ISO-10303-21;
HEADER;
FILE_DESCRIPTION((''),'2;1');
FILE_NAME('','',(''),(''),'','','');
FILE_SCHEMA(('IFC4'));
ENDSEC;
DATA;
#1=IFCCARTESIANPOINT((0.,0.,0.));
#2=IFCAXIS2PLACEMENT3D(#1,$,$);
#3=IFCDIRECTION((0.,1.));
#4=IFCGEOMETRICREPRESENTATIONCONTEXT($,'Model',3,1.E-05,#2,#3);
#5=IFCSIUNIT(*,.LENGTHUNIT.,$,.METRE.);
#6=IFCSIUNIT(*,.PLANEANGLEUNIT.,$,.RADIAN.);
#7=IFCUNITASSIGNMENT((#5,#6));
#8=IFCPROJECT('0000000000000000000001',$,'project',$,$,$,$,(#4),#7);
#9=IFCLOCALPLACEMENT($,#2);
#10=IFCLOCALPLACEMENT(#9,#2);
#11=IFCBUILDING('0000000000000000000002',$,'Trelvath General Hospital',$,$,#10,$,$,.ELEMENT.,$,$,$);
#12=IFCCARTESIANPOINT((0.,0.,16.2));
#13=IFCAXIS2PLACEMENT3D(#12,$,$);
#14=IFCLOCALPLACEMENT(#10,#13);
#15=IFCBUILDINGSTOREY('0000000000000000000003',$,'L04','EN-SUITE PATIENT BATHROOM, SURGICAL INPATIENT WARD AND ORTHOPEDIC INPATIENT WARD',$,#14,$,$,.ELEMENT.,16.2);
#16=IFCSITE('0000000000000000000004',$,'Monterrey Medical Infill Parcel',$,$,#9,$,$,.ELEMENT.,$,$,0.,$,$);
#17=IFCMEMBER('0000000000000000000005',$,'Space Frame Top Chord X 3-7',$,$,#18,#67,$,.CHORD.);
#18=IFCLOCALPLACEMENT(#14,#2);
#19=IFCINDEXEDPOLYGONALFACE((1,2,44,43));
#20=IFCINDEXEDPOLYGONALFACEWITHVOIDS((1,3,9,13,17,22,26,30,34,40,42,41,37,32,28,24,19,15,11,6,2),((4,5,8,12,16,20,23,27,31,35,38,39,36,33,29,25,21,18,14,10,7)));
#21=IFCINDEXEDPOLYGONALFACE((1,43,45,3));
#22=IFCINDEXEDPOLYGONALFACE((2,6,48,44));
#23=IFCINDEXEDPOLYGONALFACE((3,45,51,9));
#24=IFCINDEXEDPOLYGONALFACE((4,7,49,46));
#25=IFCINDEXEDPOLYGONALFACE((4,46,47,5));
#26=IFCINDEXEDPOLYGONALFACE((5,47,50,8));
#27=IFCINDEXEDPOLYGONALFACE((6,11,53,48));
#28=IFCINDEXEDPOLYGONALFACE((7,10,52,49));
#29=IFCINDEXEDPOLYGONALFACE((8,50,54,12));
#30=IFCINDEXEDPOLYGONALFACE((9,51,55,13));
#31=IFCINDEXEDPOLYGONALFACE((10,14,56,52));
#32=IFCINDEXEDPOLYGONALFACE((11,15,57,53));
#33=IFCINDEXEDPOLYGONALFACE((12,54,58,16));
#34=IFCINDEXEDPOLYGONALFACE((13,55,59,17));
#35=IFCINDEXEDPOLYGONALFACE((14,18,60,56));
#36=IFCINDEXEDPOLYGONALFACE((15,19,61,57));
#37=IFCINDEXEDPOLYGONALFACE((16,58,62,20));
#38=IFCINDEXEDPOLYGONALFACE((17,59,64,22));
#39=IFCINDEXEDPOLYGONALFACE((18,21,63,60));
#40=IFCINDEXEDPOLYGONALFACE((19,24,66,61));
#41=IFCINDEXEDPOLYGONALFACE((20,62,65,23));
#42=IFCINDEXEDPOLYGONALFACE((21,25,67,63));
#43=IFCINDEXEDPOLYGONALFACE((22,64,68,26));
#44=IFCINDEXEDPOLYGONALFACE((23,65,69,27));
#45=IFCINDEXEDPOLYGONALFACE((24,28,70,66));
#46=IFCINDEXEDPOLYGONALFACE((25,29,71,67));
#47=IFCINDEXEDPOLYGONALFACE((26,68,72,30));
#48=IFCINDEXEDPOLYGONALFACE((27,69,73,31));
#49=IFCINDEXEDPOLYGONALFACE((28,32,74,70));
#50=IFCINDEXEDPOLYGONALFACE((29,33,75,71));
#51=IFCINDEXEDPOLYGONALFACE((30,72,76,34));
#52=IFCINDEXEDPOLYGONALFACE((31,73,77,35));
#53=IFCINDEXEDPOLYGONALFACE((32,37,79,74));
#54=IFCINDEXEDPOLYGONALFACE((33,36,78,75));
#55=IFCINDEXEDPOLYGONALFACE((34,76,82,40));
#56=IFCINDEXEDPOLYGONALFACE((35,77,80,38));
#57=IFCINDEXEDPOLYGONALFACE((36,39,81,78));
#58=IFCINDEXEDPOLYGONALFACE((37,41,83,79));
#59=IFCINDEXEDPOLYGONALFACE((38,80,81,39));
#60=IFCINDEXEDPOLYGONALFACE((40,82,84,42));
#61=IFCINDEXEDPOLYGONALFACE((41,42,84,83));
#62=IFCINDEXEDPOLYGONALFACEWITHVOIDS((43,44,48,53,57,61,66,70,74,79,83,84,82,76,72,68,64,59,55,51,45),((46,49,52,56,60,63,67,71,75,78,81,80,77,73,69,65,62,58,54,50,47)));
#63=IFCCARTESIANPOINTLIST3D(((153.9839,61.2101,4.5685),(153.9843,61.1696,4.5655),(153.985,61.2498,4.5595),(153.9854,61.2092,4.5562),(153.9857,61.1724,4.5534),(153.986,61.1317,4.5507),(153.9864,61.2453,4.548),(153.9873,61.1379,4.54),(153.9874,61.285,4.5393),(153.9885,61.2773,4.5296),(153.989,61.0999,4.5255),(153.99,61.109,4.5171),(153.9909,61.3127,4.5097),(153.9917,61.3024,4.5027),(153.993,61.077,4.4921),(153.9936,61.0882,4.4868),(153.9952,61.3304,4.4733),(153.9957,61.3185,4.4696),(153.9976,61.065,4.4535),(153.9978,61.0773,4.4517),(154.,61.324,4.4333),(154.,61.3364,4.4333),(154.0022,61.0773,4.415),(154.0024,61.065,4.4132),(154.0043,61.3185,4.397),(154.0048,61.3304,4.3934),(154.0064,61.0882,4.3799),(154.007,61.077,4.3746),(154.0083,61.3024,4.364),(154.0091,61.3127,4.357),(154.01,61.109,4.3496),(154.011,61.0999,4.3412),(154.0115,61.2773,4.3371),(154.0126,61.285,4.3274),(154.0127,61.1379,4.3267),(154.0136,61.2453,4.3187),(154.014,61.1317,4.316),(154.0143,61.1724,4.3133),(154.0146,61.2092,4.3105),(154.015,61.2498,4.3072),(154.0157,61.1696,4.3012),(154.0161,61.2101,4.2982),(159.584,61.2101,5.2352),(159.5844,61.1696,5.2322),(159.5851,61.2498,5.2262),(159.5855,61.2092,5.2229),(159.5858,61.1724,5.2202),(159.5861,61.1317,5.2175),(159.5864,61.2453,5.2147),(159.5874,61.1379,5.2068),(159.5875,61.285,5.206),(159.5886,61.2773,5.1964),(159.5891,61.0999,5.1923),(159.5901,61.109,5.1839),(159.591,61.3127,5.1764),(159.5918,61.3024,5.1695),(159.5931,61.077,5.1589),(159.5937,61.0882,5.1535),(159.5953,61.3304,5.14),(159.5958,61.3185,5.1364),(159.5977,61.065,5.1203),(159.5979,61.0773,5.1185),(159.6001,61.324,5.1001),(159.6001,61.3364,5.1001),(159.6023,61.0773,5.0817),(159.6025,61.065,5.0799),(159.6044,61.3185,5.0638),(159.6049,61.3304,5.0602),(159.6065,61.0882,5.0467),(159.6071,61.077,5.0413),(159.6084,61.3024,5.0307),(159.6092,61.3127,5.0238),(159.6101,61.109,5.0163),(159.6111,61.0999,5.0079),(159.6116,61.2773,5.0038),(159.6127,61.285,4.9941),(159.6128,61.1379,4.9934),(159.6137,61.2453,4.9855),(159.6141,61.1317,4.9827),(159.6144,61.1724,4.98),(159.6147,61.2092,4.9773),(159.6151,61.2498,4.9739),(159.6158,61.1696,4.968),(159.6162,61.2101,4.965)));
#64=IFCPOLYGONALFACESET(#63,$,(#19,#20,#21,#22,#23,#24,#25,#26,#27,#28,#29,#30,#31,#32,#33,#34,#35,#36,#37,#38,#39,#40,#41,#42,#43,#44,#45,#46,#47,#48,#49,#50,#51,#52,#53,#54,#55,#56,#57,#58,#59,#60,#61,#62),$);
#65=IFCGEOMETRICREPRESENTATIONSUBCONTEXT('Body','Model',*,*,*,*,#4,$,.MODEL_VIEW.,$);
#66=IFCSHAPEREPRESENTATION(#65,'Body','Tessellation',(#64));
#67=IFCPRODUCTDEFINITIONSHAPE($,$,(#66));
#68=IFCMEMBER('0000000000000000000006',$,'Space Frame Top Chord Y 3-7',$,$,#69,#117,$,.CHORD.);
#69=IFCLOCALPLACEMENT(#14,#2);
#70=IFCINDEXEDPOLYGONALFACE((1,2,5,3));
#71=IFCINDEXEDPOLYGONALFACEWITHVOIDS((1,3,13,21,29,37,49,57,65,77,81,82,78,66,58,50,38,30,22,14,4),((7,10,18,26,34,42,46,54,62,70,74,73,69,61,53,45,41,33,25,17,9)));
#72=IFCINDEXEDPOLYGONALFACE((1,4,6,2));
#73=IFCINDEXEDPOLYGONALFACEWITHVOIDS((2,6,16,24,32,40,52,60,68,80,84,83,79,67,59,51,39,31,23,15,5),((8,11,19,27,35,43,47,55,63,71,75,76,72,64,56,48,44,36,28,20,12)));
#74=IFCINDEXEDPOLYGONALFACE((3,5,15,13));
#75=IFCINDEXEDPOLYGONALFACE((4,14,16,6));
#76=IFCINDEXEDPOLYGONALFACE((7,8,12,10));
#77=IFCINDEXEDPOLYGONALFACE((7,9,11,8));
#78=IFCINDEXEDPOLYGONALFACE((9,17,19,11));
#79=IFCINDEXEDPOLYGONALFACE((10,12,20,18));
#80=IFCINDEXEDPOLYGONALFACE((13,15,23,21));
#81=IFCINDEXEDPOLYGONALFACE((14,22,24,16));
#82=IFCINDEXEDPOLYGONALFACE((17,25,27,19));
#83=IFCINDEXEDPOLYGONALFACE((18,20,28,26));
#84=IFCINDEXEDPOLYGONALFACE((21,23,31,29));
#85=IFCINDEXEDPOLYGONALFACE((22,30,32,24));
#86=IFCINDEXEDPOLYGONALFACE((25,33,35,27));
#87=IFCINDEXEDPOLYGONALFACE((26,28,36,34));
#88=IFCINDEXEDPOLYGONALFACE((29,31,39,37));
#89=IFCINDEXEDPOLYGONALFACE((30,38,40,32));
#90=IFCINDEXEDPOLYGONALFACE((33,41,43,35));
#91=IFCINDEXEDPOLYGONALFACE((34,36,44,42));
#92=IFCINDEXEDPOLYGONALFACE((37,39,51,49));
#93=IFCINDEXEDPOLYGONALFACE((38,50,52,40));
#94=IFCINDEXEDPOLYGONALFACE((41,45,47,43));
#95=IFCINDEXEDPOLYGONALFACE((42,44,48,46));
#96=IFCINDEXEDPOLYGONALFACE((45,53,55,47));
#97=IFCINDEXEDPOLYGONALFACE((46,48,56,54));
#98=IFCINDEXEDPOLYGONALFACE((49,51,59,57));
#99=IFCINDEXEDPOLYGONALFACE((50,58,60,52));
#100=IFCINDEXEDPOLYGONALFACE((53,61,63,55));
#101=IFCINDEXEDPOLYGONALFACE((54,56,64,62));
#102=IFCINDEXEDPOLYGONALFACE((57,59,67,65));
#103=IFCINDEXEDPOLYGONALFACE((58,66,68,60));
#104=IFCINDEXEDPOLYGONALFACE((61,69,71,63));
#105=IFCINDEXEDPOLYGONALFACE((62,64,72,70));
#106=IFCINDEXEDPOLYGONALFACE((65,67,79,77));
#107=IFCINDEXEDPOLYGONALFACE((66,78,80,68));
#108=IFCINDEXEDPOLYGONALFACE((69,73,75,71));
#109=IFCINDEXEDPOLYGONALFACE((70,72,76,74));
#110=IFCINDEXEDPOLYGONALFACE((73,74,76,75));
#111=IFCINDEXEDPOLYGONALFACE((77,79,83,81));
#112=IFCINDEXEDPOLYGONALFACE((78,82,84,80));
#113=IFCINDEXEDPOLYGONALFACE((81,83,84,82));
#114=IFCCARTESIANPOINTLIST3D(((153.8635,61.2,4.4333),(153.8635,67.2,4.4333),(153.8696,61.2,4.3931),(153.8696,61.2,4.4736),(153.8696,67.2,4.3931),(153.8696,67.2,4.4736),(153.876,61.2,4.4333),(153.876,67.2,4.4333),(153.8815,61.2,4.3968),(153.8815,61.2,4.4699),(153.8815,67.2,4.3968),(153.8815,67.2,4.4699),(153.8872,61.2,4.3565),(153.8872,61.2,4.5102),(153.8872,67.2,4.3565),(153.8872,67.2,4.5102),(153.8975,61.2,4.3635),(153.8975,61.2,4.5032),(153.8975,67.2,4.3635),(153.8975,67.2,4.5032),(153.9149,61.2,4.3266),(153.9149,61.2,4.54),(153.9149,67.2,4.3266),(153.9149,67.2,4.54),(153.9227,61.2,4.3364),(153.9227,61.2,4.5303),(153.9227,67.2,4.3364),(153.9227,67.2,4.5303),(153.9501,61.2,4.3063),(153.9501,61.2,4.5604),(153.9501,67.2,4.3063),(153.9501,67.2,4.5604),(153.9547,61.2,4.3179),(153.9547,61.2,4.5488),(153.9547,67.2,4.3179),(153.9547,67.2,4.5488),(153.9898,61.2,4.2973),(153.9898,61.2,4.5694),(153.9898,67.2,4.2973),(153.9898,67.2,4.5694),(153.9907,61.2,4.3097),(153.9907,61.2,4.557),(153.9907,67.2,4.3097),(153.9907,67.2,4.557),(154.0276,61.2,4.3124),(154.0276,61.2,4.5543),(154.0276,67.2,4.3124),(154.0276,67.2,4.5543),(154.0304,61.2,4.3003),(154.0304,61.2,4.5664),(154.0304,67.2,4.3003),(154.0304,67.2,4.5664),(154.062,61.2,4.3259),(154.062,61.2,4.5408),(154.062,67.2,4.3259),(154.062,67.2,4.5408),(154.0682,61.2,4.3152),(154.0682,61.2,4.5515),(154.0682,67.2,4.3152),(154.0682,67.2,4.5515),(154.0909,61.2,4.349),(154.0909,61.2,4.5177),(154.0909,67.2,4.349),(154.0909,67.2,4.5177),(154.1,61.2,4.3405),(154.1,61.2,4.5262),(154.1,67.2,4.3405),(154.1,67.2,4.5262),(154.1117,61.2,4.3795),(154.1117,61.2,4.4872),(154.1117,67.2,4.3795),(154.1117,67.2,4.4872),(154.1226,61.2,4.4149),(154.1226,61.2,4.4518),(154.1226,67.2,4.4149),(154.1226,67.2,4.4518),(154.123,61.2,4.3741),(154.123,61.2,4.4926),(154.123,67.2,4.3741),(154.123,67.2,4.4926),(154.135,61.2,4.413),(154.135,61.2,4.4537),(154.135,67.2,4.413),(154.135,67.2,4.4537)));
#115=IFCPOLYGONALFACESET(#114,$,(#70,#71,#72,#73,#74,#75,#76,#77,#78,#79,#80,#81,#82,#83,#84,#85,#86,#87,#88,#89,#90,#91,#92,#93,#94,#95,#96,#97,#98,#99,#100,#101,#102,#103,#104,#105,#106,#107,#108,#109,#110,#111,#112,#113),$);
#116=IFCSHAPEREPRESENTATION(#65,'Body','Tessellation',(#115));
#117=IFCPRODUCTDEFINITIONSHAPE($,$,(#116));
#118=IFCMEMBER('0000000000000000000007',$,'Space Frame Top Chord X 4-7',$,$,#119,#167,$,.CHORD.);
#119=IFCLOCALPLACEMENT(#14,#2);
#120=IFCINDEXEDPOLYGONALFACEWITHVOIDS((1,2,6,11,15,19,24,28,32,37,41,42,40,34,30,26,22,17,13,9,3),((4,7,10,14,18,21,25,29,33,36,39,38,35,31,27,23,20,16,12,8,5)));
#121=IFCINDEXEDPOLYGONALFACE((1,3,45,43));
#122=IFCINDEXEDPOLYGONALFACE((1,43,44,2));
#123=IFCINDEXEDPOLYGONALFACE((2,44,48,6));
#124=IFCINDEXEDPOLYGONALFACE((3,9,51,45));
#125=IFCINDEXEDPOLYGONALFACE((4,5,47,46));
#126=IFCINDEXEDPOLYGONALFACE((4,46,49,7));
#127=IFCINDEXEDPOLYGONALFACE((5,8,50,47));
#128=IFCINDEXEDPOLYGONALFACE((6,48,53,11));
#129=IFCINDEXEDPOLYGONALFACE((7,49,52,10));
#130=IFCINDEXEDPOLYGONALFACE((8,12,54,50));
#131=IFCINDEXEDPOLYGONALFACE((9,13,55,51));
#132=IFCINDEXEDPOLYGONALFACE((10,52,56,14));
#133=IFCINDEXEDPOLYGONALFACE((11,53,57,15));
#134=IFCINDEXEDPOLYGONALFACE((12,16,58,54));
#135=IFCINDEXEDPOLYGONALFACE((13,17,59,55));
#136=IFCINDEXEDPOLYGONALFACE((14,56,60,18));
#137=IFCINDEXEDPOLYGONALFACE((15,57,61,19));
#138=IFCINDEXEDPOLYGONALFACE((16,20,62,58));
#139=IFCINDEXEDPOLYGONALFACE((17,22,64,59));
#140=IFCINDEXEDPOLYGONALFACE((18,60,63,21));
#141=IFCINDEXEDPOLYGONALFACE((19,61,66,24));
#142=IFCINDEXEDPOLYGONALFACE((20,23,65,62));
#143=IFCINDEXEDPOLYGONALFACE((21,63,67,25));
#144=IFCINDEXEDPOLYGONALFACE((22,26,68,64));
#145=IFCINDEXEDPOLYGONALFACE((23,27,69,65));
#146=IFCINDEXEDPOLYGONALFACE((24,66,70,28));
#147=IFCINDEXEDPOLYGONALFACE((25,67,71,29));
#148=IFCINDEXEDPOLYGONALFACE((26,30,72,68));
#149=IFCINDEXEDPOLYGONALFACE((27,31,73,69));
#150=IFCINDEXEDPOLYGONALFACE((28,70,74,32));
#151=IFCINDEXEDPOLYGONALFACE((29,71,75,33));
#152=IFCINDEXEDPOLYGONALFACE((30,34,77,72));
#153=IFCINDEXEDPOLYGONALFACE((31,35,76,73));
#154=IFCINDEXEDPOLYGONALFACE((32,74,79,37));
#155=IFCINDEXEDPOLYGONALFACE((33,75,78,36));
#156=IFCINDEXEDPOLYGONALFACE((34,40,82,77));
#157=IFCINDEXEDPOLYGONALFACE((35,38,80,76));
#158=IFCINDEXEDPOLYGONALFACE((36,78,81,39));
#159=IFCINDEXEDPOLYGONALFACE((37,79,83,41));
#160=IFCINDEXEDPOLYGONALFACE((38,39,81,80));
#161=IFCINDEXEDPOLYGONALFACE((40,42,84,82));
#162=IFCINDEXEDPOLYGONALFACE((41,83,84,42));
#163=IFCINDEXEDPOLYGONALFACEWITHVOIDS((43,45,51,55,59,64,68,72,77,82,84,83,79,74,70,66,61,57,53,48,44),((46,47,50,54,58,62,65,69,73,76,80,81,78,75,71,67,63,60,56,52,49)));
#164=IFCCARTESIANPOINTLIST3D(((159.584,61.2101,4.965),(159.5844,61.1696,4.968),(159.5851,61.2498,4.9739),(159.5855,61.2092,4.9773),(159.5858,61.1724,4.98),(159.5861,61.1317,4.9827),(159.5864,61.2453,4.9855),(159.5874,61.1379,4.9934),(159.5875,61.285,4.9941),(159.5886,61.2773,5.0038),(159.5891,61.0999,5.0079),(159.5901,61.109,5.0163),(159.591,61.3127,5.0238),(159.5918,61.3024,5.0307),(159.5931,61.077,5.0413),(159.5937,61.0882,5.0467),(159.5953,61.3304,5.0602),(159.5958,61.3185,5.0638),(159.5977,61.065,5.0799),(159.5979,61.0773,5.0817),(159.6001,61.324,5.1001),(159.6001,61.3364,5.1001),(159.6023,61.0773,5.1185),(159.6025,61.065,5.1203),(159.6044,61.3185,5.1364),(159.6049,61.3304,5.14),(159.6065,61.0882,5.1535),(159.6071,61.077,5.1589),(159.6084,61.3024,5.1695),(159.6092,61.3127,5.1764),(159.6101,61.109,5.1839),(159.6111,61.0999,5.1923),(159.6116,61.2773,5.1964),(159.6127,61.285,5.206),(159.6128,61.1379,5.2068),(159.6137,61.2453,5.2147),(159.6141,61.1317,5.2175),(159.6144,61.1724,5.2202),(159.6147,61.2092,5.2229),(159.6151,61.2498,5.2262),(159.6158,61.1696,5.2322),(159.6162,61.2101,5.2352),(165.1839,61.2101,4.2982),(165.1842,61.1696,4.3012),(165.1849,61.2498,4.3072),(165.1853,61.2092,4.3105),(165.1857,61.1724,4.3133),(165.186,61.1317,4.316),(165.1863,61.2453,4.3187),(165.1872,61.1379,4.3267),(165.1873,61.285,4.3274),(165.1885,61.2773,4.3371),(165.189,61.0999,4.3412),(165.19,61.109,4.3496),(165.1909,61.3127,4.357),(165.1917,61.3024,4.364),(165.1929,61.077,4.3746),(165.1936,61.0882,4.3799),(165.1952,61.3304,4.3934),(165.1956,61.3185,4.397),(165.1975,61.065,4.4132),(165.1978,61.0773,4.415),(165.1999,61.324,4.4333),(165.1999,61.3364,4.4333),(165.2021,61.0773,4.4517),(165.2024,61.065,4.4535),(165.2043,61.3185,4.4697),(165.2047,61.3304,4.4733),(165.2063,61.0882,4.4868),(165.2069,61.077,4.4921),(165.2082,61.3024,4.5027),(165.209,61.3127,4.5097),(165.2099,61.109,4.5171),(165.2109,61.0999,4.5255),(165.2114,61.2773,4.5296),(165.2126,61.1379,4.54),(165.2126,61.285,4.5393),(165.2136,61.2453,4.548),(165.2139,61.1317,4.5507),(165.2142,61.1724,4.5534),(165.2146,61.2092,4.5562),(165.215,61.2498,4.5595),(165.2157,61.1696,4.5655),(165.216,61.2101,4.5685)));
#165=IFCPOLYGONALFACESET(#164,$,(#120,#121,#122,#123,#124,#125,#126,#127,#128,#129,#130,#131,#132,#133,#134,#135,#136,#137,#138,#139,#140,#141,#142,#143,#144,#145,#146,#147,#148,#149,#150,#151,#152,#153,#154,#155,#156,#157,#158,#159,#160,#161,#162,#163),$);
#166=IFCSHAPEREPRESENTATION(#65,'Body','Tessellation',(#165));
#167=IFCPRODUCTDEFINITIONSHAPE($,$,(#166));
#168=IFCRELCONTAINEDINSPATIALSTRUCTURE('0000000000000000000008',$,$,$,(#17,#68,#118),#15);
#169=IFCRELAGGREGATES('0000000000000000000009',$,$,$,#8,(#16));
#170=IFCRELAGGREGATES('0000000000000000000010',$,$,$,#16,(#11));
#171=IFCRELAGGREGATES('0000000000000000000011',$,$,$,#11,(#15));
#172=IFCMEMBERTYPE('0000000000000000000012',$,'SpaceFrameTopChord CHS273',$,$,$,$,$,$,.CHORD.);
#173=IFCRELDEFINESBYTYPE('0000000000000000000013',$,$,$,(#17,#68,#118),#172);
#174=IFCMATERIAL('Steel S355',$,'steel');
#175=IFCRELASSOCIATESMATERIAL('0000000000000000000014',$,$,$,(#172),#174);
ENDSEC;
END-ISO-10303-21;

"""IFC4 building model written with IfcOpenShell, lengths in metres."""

from ifc_helpers import new_model, si_unit, direction, frame, origin, origin_2d, place, context, subcontext, project, spatial, hollow_circle, extrude, material, material_profile, profile_set, type_object, element, save


model = new_model("IFC4")

# Units and contexts
model_context = context("Model", 3, precision=1e-05, world=origin(), true_north=direction((0.0, 1.0)))
body_context = subcontext(model_context, "Body", "Model", "MODEL_VIEW")
ifc_project = project(units=[si_unit("LENGTHUNIT", "METRE"), si_unit("PLANEANGLEUNIT", "RADIAN")], contexts=[model_context])

# Site, building, storey
site_placement = place(None, origin())
site = spatial("IfcSite", under=ifc_project, at=site_placement, Name="Monterrey Medical Infill Parcel", CompositionType="ELEMENT", RefElevation=0.0)
building_placement = place(site_placement, origin())
building = spatial("IfcBuilding", under=site, at=building_placement, Name="Trelvath General Hospital", CompositionType="ELEMENT")
storey_placement = place(building_placement, frame((0.0, 0.0, 16.2)))
storey = spatial("IfcBuildingStorey", under=building, at=storey_placement, Name="L04", Description="EN-SUITE PATIENT BATHROOM, SURGICAL INPATIENT WARD AND ORTHOPEDIC INPATIENT WARD", CompositionType="ELEMENT", Elevation=16.2)

# Members
ifc_material_1 = material(Name="Steel S355", Category="steel")
ifc_material_profile_1 = material_profile(ifc_material_1, hollow_circle(Radius=0.1365, WallThickness=0.0125, at=origin_2d()), Name="CHS273.0x12.5")
ifc_profile_set_1 = profile_set([ifc_material_profile_1], Name="Steel S355")
member_type_1 = type_object("IfcMemberType", Name="SpaceFrameTopChord CHS273", PredefinedType="CHORD", material=ifc_profile_set_1)
member_1_placement = place(storey_placement, frame((154.0, 61.2, 4.4333), z_axis=(0.992987, 0.0, 0.118225), x_axis=(0.0, 1.0, 0.0)))
element("IfcMember", 1, at=member_1_placement, inside=storey, type_object=member_type_1, Name="Space Frame Top Chord X 3-7", PredefinedType="CHORD", context=body_context, shape_type="SweptSolid", body=[
    extrude(hollow_circle(Radius=0.1365, WallThickness=0.0125, at=origin_2d()), origin(), (0.0, 0.0, 1.0), 5.6396),
])
member_2_placement = place(storey_placement, frame((154.0, 61.2, 4.4333), z_axis=(0.0, 1.0, 0.0), x_axis=(-1.0, 0.0, 0.0)))
element("IfcMember", 2, at=member_2_placement, inside=storey, type_object=member_type_1, Name="Space Frame Top Chord Y 3-7", PredefinedType="CHORD", context=body_context, shape_type="SweptSolid", body=[
    extrude(hollow_circle(Radius=0.1365, WallThickness=0.0125, at=origin_2d()), origin(), (0.0, 0.0, 1.0), 6.0),
])
member_3_placement = place(storey_placement, frame((159.6001, 61.2, 5.1001), z_axis=(0.992986, 0.0, -0.11823), x_axis=(0.0, 1.0, 0.0)))
element("IfcMember", 3, at=member_3_placement, inside=storey, type_object=member_type_1, Name="Space Frame Top Chord X 4-7", PredefinedType="CHORD", context=body_context, shape_type="SweptSolid", body=[
    extrude(hollow_circle(Radius=0.1365, WallThickness=0.0125, at=origin_2d()), origin(), (0.0, 0.0, 1.0), 5.6394),
])

save(model, "model.ifc")
